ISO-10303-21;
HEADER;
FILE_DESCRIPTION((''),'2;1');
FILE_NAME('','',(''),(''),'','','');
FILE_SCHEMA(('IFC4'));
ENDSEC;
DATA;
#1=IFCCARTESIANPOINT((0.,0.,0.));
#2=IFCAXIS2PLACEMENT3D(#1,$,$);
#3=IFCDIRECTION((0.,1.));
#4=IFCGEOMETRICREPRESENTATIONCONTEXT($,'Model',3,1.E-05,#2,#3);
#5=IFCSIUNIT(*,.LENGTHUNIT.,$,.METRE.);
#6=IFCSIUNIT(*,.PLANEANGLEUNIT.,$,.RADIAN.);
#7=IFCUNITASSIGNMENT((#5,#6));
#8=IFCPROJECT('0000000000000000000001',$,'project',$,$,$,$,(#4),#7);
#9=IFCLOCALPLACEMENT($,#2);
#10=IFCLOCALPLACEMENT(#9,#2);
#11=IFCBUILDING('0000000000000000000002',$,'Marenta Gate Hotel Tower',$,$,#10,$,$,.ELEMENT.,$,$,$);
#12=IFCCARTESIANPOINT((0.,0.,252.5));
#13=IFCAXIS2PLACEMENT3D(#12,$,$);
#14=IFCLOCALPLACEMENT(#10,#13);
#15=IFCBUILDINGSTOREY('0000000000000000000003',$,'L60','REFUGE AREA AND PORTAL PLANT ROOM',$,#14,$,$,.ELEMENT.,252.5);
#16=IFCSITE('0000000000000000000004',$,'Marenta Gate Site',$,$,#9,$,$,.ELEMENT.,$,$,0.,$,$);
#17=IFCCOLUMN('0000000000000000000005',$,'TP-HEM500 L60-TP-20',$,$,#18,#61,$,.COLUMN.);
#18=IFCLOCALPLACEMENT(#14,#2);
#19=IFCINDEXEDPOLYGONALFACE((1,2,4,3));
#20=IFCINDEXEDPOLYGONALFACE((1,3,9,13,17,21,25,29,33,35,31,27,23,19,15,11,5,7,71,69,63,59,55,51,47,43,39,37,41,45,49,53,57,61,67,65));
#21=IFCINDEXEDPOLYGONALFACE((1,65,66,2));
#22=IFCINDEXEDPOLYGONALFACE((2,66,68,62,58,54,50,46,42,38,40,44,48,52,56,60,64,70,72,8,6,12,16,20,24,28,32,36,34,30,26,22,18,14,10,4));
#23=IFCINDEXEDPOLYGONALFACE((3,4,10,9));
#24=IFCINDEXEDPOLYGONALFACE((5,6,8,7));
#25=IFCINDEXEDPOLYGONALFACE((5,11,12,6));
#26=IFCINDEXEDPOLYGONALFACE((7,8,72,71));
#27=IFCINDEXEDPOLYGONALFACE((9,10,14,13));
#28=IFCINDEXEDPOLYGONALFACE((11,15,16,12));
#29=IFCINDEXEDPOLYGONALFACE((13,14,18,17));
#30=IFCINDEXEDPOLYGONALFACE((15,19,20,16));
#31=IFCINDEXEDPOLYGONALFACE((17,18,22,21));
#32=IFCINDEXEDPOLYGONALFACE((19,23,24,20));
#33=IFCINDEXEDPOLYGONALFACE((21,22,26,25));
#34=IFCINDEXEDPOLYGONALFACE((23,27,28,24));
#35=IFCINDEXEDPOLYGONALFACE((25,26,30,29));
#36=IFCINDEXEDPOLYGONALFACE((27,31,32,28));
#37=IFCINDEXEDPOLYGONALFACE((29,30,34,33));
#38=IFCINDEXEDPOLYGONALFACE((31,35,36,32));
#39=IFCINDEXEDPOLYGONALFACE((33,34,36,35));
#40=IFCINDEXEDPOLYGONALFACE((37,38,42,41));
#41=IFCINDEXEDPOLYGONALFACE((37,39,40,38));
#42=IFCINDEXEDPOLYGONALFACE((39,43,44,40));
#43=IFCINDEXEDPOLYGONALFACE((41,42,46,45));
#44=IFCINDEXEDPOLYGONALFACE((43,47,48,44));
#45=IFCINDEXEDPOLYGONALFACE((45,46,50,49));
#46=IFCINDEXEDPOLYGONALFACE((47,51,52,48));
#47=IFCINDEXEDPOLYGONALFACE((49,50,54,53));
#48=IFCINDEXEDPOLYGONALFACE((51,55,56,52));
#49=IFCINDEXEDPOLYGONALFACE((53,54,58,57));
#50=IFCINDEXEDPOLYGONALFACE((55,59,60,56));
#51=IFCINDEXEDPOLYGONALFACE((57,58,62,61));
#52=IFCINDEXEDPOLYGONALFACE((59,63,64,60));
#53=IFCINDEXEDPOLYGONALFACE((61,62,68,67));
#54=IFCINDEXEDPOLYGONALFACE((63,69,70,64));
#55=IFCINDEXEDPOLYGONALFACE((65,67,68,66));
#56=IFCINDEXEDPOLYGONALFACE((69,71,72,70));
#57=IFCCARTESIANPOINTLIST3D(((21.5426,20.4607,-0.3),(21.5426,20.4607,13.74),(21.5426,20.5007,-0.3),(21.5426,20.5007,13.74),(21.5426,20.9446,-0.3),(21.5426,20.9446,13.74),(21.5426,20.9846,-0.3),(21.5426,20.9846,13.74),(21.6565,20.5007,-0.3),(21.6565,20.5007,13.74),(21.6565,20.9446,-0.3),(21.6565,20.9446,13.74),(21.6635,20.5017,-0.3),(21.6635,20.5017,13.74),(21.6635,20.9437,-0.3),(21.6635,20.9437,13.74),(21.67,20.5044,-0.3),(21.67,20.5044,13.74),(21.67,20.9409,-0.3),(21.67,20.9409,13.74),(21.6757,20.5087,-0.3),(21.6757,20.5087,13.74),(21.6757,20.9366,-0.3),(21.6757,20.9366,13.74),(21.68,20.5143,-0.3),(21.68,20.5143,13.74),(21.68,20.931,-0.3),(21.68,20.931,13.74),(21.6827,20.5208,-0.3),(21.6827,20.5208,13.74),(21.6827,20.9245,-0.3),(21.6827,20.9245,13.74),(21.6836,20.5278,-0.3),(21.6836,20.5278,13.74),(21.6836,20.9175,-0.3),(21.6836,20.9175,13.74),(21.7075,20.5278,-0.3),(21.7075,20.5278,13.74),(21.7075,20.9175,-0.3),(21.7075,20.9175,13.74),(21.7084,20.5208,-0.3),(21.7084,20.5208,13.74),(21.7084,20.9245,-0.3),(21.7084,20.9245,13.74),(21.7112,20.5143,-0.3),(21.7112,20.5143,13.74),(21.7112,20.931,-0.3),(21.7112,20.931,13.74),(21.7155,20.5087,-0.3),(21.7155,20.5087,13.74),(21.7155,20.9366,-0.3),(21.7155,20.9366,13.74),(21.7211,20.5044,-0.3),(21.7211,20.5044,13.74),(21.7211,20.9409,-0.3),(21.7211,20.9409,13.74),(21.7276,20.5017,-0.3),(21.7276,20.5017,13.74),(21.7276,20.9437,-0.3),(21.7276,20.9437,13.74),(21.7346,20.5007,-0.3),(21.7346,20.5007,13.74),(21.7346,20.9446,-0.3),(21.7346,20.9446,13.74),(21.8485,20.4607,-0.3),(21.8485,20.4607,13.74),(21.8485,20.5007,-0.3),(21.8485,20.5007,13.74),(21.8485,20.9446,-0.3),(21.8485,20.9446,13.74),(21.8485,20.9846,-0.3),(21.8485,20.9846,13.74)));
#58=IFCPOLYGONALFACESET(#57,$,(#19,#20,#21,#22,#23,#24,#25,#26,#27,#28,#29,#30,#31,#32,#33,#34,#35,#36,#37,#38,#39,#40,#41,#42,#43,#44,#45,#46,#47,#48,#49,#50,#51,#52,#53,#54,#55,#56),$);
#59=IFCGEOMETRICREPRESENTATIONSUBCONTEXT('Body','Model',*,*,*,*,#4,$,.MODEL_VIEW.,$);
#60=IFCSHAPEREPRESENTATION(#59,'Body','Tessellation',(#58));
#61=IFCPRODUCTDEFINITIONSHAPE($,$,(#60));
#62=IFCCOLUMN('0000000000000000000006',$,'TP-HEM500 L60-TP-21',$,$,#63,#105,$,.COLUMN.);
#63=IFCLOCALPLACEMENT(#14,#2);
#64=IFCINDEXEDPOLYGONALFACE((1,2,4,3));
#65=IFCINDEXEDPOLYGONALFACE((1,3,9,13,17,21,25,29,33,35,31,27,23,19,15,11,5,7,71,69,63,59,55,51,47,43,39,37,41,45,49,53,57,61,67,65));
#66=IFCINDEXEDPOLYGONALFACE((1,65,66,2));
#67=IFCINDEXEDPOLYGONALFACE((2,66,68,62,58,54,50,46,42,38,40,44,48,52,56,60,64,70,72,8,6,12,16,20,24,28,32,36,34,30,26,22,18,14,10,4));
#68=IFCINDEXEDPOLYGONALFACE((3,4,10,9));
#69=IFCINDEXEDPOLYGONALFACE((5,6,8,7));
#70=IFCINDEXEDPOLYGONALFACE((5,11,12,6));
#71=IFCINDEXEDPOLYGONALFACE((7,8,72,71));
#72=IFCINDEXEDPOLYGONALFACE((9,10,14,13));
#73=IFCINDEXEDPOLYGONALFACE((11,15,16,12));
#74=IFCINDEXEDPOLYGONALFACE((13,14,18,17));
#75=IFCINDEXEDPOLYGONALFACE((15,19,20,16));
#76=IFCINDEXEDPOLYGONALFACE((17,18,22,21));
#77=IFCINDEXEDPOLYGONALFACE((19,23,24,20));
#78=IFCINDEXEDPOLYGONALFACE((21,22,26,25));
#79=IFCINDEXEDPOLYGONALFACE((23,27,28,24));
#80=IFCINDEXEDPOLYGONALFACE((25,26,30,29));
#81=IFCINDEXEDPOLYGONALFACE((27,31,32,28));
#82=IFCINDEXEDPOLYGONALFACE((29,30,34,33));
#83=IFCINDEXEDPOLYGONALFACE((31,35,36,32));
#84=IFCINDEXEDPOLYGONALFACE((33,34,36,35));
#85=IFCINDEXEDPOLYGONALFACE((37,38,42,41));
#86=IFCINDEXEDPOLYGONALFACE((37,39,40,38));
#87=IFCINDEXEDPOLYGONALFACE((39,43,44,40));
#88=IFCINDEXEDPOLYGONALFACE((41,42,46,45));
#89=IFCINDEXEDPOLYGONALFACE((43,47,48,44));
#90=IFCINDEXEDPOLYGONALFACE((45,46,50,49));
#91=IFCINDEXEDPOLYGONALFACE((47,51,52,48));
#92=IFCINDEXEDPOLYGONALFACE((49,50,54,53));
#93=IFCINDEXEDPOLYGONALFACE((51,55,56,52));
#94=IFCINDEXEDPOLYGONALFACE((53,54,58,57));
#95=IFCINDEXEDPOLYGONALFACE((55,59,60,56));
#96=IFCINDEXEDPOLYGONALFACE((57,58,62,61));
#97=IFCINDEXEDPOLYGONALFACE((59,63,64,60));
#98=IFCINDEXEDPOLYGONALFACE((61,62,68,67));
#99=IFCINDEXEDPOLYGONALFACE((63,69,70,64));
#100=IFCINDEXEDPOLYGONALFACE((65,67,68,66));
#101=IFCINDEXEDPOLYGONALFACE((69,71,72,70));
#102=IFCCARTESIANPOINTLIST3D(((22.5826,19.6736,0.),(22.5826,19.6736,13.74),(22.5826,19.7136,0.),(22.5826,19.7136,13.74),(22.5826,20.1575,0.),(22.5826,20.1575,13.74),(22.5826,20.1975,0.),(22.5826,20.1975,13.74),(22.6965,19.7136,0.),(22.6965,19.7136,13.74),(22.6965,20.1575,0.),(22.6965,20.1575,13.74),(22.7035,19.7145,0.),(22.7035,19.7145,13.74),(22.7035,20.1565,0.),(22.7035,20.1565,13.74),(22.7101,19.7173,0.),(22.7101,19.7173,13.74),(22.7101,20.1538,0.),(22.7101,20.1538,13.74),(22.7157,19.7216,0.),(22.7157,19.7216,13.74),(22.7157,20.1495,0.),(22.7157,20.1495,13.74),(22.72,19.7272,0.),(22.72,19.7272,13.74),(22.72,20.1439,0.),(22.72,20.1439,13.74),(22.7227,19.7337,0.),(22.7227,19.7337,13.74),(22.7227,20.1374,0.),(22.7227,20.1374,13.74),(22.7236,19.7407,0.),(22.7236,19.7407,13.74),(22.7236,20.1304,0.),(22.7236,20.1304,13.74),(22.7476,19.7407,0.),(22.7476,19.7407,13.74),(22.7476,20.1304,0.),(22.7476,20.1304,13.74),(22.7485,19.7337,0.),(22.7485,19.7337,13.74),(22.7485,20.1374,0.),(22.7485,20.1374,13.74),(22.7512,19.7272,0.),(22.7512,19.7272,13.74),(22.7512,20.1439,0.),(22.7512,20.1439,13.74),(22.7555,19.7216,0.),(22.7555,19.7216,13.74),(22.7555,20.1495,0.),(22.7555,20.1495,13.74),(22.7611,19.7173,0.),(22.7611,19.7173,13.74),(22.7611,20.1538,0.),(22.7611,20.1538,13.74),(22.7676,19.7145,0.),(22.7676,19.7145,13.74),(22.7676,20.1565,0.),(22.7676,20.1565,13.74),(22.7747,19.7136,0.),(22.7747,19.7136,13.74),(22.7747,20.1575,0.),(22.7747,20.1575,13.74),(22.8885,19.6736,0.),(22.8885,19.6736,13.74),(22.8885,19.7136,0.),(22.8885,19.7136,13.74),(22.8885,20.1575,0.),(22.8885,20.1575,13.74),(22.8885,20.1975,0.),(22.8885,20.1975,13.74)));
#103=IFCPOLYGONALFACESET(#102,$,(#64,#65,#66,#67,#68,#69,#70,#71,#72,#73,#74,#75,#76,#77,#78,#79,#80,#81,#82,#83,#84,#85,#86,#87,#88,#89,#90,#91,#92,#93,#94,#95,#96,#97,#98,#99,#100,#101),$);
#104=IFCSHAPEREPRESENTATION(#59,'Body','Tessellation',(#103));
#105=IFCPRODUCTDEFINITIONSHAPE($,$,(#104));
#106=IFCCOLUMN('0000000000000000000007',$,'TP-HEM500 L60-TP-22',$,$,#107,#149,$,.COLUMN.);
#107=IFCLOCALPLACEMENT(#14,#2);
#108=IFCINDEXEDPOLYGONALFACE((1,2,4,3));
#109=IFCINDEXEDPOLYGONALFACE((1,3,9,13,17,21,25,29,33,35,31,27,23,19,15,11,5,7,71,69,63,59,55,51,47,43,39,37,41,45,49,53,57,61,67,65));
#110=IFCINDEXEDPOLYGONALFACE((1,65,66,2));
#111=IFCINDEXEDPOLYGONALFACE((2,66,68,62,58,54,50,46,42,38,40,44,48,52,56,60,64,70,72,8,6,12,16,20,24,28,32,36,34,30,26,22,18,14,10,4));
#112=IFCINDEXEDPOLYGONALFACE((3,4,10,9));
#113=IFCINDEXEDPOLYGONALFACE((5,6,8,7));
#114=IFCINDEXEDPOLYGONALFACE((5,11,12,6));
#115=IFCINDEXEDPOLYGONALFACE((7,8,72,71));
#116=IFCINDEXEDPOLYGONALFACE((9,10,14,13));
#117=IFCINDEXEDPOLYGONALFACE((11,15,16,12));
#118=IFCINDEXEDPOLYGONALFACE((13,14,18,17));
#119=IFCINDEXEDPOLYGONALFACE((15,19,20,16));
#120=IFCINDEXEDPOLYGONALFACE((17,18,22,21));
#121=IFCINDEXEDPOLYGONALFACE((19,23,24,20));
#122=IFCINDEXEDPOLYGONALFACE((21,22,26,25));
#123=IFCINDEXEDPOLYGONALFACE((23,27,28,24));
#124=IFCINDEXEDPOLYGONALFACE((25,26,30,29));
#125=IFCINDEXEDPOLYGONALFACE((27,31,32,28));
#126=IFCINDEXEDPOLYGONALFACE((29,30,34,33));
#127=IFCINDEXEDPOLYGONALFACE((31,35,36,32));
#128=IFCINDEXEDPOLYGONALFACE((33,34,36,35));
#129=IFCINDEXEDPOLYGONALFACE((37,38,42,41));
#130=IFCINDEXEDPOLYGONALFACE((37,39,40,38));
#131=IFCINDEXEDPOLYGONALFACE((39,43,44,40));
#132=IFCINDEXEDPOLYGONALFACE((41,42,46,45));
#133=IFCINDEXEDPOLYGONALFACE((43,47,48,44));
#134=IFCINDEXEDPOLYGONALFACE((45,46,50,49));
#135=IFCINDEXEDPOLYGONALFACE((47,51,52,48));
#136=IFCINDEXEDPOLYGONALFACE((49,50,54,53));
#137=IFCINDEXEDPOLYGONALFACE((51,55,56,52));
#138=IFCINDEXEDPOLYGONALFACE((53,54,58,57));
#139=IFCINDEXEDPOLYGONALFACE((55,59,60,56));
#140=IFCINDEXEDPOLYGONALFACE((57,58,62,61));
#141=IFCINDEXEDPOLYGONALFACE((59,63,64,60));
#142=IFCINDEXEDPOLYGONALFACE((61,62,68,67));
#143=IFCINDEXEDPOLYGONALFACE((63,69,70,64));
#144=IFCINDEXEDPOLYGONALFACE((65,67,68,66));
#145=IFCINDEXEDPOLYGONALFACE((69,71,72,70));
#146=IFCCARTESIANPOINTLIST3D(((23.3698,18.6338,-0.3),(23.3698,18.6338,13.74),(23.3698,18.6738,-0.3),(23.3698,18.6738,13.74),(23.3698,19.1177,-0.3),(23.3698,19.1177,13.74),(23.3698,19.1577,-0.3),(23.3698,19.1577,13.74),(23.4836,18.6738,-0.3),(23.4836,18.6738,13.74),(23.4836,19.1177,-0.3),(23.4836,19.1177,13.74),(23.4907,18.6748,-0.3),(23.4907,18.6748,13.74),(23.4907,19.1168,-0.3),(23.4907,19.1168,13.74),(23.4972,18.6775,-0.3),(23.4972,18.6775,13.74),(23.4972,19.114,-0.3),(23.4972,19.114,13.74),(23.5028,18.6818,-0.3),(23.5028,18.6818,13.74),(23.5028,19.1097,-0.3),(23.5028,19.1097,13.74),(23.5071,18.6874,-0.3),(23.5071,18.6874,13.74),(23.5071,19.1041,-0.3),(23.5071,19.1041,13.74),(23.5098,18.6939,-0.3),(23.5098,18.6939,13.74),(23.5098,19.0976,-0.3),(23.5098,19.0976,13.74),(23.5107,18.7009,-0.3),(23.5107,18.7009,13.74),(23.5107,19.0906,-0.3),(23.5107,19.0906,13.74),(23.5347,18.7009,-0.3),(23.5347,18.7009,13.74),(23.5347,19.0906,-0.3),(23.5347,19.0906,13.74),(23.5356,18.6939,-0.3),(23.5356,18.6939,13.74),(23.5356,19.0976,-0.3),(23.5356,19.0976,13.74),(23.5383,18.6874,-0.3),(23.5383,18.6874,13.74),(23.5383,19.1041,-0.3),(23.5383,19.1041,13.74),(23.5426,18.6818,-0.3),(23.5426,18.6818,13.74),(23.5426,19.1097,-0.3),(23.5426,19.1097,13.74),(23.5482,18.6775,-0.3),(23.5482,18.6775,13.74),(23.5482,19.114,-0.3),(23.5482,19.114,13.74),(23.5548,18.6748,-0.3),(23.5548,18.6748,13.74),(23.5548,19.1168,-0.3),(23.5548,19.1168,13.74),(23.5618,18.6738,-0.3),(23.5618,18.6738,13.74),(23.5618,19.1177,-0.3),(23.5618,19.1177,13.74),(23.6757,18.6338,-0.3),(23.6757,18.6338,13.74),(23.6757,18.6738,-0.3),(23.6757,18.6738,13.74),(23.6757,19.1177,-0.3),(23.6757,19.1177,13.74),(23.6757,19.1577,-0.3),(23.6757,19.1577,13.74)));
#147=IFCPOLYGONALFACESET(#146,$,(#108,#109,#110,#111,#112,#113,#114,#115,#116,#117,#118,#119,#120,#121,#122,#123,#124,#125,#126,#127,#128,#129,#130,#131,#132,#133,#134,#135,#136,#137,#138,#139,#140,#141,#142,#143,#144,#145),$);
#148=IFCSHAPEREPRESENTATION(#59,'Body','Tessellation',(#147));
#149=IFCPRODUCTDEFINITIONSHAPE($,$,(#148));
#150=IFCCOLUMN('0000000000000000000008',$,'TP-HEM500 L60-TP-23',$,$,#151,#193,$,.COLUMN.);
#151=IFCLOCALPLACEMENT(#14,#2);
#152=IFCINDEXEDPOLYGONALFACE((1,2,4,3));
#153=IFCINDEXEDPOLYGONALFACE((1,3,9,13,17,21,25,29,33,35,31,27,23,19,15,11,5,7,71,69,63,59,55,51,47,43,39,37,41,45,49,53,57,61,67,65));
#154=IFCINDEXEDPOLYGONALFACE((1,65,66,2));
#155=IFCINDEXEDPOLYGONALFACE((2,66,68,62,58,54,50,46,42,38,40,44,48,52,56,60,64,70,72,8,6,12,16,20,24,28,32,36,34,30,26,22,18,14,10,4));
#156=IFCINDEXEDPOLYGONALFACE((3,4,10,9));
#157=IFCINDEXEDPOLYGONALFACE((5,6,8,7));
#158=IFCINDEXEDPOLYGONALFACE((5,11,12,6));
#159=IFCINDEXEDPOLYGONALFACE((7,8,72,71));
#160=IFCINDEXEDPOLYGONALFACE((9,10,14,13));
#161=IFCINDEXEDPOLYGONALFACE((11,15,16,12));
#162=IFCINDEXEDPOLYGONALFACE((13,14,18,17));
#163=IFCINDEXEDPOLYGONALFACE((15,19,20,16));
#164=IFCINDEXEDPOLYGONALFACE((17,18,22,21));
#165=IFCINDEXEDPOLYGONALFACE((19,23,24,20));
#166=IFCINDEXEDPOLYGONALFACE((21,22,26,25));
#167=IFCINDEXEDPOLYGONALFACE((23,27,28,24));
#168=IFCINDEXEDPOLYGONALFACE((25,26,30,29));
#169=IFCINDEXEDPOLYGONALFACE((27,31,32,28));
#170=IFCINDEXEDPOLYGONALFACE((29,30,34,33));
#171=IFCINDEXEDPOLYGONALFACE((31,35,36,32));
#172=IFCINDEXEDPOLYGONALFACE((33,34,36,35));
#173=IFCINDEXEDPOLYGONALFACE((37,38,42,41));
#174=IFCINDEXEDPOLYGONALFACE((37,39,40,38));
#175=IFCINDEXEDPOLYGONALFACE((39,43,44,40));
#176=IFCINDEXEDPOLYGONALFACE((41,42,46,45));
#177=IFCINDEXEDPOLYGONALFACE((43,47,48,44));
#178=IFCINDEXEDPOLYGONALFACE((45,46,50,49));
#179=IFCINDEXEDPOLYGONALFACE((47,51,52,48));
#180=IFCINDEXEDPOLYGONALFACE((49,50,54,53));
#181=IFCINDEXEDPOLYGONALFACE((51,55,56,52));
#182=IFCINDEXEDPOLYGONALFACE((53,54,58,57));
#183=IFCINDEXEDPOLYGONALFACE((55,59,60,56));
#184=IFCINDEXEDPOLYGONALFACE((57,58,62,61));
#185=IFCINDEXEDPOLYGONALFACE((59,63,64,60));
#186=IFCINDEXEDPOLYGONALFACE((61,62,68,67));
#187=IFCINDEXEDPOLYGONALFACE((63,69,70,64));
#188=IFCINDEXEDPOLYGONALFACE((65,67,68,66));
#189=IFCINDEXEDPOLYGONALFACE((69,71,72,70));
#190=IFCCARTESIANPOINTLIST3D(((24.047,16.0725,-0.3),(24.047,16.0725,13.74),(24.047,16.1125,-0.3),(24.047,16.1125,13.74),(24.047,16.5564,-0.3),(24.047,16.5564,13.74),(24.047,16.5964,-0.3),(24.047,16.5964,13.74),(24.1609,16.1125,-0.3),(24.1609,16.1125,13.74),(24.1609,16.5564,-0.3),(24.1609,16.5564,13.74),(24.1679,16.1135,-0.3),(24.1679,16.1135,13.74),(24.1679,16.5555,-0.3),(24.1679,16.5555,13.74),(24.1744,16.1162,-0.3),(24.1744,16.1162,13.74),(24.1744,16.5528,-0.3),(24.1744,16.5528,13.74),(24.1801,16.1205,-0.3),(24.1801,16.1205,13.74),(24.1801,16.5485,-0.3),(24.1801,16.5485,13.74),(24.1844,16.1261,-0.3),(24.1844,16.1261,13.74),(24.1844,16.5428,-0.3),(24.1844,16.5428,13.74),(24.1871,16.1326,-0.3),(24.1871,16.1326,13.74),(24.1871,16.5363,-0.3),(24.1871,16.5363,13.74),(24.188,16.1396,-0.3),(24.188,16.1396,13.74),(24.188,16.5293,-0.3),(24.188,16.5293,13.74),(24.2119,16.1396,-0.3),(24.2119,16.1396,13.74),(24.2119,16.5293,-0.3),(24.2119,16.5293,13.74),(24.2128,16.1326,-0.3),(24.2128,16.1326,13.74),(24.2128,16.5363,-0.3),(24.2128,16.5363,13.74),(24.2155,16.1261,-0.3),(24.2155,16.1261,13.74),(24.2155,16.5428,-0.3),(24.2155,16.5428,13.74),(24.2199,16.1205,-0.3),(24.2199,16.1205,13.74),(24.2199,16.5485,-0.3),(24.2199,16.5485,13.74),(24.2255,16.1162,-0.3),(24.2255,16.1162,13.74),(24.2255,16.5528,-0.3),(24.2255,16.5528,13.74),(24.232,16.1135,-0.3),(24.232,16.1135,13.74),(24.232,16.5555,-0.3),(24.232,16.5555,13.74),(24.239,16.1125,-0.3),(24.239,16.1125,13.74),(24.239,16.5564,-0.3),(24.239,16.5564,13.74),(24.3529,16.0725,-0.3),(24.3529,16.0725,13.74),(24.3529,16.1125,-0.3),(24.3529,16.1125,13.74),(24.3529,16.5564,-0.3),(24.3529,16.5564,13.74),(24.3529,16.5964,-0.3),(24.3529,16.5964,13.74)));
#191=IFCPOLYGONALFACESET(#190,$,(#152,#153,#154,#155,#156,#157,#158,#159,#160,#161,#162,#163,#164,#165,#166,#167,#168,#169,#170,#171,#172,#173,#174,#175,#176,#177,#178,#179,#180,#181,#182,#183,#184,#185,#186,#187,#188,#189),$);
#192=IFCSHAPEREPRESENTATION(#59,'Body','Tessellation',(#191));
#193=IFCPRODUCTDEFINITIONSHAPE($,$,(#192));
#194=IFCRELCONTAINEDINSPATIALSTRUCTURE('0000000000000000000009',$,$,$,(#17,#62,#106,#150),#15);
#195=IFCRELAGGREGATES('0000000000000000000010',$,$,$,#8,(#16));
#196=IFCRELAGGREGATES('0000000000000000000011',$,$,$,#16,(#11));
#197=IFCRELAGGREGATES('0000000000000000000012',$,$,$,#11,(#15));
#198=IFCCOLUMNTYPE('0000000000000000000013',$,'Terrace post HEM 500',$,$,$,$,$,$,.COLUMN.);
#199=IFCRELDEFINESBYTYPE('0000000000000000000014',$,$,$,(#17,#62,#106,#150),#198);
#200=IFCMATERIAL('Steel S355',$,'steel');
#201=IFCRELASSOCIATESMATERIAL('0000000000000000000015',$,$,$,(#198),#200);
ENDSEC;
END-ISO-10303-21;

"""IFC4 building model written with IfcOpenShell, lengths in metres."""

from ifc_helpers import new_model, si_unit, direction, frame, origin, origin_2d, place, context, subcontext, project, spatial, i_section, extrude, material, material_profile, profile_set, type_object, element, save


model = new_model("IFC4")

# Units and contexts
model_context = context("Model", 3, precision=1e-05, world=origin(), true_north=direction((0.0, 1.0)))
body_context = subcontext(model_context, "Body", "Model", "MODEL_VIEW")
ifc_project = project(units=[si_unit("LENGTHUNIT", "METRE"), si_unit("PLANEANGLEUNIT", "RADIAN")], contexts=[model_context])

# Site, building, storey
site_placement = place(None, origin())
site = spatial("IfcSite", under=ifc_project, at=site_placement, Name="Marenta Gate Site", CompositionType="ELEMENT", RefElevation=0.0)
building_placement = place(site_placement, origin())
building = spatial("IfcBuilding", under=site, at=building_placement, Name="Marenta Gate Hotel Tower", CompositionType="ELEMENT")
storey_placement = place(building_placement, frame((0.0, 0.0, 252.5)))
storey = spatial("IfcBuildingStorey", under=building, at=storey_placement, Name="L60", Description="REFUGE AREA AND PORTAL PLANT ROOM", CompositionType="ELEMENT", Elevation=252.5)

# Columns
ifc_material_1 = material(Name="Steel S355", Category="steel")
ifc_material_profile_1 = material_profile(ifc_material_1, i_section(OverallWidth=0.3059, OverallDepth=0.5239, WebThickness=0.0239, FlangeThickness=0.04, FilletRadius=0.0271, at=origin_2d()), Name="HEM 500")
ifc_profile_set_1 = profile_set([ifc_material_profile_1], Name="Steel S355")
column_type = type_object("IfcColumnType", Name="Terrace post HEM 500", PredefinedType="COLUMN", material=ifc_profile_set_1)
column_1_placement = place(storey_placement, frame((21.6956, 20.7227, -0.3), z_axis=(0.0, 0.0, 1.0), x_axis=(1.0, 0.0, 0.0)))
element("IfcColumn", 1, at=column_1_placement, inside=storey, type_object=column_type, Name="TP-HEM500 L60-TP-20", PredefinedType="COLUMN", context=body_context, shape_type="SweptSolid", body=[
    extrude(i_section(OverallWidth=0.3059, OverallDepth=0.5239, WebThickness=0.0239, FlangeThickness=0.04, FilletRadius=0.0271, at=origin_2d()), origin(), (0.0, 0.0, 1.0), 14.04),
])
column_2_placement = place(storey_placement, frame((22.7356, 19.9355, 0.0), z_axis=(0.0, 0.0, 1.0), x_axis=(1.0, 0.0, 0.0)))
element("IfcColumn", 2, at=column_2_placement, inside=storey, type_object=column_type, Name="TP-HEM500 L60-TP-21", PredefinedType="COLUMN", context=body_context, shape_type="SweptSolid", body=[
    extrude(i_section(OverallWidth=0.3059, OverallDepth=0.5239, WebThickness=0.0239, FlangeThickness=0.04, FilletRadius=0.0271, at=origin_2d()), origin(), (0.0, 0.0, 1.0), 13.74),
])
for number, where, z_axis, x_axis, name in (
    (3, (23.5227, 18.8958, -0.3), (0.0, 0.0, 1.0), (1.0, 0.0, 0.0), "TP-HEM500 L60-TP-22"),
    (4, (24.2, 16.3345, -0.3), (0.0, 0.0, 1.0), (1.0, 0.0, 0.0), "TP-HEM500 L60-TP-23"),
):
    element("IfcColumn", number, at=place(storey_placement, frame(where, z_axis=z_axis, x_axis=x_axis)), inside=storey, type_object=column_type, Name=name, PredefinedType="COLUMN", context=body_context, shape_type="SweptSolid", body=[
        extrude(i_section(OverallWidth=0.3059, OverallDepth=0.5239, WebThickness=0.0239, FlangeThickness=0.04, FilletRadius=0.0271, at=origin_2d()), origin(), (0.0, 0.0, 1.0), 14.04),
    ])

save(model, "model.ifc")
